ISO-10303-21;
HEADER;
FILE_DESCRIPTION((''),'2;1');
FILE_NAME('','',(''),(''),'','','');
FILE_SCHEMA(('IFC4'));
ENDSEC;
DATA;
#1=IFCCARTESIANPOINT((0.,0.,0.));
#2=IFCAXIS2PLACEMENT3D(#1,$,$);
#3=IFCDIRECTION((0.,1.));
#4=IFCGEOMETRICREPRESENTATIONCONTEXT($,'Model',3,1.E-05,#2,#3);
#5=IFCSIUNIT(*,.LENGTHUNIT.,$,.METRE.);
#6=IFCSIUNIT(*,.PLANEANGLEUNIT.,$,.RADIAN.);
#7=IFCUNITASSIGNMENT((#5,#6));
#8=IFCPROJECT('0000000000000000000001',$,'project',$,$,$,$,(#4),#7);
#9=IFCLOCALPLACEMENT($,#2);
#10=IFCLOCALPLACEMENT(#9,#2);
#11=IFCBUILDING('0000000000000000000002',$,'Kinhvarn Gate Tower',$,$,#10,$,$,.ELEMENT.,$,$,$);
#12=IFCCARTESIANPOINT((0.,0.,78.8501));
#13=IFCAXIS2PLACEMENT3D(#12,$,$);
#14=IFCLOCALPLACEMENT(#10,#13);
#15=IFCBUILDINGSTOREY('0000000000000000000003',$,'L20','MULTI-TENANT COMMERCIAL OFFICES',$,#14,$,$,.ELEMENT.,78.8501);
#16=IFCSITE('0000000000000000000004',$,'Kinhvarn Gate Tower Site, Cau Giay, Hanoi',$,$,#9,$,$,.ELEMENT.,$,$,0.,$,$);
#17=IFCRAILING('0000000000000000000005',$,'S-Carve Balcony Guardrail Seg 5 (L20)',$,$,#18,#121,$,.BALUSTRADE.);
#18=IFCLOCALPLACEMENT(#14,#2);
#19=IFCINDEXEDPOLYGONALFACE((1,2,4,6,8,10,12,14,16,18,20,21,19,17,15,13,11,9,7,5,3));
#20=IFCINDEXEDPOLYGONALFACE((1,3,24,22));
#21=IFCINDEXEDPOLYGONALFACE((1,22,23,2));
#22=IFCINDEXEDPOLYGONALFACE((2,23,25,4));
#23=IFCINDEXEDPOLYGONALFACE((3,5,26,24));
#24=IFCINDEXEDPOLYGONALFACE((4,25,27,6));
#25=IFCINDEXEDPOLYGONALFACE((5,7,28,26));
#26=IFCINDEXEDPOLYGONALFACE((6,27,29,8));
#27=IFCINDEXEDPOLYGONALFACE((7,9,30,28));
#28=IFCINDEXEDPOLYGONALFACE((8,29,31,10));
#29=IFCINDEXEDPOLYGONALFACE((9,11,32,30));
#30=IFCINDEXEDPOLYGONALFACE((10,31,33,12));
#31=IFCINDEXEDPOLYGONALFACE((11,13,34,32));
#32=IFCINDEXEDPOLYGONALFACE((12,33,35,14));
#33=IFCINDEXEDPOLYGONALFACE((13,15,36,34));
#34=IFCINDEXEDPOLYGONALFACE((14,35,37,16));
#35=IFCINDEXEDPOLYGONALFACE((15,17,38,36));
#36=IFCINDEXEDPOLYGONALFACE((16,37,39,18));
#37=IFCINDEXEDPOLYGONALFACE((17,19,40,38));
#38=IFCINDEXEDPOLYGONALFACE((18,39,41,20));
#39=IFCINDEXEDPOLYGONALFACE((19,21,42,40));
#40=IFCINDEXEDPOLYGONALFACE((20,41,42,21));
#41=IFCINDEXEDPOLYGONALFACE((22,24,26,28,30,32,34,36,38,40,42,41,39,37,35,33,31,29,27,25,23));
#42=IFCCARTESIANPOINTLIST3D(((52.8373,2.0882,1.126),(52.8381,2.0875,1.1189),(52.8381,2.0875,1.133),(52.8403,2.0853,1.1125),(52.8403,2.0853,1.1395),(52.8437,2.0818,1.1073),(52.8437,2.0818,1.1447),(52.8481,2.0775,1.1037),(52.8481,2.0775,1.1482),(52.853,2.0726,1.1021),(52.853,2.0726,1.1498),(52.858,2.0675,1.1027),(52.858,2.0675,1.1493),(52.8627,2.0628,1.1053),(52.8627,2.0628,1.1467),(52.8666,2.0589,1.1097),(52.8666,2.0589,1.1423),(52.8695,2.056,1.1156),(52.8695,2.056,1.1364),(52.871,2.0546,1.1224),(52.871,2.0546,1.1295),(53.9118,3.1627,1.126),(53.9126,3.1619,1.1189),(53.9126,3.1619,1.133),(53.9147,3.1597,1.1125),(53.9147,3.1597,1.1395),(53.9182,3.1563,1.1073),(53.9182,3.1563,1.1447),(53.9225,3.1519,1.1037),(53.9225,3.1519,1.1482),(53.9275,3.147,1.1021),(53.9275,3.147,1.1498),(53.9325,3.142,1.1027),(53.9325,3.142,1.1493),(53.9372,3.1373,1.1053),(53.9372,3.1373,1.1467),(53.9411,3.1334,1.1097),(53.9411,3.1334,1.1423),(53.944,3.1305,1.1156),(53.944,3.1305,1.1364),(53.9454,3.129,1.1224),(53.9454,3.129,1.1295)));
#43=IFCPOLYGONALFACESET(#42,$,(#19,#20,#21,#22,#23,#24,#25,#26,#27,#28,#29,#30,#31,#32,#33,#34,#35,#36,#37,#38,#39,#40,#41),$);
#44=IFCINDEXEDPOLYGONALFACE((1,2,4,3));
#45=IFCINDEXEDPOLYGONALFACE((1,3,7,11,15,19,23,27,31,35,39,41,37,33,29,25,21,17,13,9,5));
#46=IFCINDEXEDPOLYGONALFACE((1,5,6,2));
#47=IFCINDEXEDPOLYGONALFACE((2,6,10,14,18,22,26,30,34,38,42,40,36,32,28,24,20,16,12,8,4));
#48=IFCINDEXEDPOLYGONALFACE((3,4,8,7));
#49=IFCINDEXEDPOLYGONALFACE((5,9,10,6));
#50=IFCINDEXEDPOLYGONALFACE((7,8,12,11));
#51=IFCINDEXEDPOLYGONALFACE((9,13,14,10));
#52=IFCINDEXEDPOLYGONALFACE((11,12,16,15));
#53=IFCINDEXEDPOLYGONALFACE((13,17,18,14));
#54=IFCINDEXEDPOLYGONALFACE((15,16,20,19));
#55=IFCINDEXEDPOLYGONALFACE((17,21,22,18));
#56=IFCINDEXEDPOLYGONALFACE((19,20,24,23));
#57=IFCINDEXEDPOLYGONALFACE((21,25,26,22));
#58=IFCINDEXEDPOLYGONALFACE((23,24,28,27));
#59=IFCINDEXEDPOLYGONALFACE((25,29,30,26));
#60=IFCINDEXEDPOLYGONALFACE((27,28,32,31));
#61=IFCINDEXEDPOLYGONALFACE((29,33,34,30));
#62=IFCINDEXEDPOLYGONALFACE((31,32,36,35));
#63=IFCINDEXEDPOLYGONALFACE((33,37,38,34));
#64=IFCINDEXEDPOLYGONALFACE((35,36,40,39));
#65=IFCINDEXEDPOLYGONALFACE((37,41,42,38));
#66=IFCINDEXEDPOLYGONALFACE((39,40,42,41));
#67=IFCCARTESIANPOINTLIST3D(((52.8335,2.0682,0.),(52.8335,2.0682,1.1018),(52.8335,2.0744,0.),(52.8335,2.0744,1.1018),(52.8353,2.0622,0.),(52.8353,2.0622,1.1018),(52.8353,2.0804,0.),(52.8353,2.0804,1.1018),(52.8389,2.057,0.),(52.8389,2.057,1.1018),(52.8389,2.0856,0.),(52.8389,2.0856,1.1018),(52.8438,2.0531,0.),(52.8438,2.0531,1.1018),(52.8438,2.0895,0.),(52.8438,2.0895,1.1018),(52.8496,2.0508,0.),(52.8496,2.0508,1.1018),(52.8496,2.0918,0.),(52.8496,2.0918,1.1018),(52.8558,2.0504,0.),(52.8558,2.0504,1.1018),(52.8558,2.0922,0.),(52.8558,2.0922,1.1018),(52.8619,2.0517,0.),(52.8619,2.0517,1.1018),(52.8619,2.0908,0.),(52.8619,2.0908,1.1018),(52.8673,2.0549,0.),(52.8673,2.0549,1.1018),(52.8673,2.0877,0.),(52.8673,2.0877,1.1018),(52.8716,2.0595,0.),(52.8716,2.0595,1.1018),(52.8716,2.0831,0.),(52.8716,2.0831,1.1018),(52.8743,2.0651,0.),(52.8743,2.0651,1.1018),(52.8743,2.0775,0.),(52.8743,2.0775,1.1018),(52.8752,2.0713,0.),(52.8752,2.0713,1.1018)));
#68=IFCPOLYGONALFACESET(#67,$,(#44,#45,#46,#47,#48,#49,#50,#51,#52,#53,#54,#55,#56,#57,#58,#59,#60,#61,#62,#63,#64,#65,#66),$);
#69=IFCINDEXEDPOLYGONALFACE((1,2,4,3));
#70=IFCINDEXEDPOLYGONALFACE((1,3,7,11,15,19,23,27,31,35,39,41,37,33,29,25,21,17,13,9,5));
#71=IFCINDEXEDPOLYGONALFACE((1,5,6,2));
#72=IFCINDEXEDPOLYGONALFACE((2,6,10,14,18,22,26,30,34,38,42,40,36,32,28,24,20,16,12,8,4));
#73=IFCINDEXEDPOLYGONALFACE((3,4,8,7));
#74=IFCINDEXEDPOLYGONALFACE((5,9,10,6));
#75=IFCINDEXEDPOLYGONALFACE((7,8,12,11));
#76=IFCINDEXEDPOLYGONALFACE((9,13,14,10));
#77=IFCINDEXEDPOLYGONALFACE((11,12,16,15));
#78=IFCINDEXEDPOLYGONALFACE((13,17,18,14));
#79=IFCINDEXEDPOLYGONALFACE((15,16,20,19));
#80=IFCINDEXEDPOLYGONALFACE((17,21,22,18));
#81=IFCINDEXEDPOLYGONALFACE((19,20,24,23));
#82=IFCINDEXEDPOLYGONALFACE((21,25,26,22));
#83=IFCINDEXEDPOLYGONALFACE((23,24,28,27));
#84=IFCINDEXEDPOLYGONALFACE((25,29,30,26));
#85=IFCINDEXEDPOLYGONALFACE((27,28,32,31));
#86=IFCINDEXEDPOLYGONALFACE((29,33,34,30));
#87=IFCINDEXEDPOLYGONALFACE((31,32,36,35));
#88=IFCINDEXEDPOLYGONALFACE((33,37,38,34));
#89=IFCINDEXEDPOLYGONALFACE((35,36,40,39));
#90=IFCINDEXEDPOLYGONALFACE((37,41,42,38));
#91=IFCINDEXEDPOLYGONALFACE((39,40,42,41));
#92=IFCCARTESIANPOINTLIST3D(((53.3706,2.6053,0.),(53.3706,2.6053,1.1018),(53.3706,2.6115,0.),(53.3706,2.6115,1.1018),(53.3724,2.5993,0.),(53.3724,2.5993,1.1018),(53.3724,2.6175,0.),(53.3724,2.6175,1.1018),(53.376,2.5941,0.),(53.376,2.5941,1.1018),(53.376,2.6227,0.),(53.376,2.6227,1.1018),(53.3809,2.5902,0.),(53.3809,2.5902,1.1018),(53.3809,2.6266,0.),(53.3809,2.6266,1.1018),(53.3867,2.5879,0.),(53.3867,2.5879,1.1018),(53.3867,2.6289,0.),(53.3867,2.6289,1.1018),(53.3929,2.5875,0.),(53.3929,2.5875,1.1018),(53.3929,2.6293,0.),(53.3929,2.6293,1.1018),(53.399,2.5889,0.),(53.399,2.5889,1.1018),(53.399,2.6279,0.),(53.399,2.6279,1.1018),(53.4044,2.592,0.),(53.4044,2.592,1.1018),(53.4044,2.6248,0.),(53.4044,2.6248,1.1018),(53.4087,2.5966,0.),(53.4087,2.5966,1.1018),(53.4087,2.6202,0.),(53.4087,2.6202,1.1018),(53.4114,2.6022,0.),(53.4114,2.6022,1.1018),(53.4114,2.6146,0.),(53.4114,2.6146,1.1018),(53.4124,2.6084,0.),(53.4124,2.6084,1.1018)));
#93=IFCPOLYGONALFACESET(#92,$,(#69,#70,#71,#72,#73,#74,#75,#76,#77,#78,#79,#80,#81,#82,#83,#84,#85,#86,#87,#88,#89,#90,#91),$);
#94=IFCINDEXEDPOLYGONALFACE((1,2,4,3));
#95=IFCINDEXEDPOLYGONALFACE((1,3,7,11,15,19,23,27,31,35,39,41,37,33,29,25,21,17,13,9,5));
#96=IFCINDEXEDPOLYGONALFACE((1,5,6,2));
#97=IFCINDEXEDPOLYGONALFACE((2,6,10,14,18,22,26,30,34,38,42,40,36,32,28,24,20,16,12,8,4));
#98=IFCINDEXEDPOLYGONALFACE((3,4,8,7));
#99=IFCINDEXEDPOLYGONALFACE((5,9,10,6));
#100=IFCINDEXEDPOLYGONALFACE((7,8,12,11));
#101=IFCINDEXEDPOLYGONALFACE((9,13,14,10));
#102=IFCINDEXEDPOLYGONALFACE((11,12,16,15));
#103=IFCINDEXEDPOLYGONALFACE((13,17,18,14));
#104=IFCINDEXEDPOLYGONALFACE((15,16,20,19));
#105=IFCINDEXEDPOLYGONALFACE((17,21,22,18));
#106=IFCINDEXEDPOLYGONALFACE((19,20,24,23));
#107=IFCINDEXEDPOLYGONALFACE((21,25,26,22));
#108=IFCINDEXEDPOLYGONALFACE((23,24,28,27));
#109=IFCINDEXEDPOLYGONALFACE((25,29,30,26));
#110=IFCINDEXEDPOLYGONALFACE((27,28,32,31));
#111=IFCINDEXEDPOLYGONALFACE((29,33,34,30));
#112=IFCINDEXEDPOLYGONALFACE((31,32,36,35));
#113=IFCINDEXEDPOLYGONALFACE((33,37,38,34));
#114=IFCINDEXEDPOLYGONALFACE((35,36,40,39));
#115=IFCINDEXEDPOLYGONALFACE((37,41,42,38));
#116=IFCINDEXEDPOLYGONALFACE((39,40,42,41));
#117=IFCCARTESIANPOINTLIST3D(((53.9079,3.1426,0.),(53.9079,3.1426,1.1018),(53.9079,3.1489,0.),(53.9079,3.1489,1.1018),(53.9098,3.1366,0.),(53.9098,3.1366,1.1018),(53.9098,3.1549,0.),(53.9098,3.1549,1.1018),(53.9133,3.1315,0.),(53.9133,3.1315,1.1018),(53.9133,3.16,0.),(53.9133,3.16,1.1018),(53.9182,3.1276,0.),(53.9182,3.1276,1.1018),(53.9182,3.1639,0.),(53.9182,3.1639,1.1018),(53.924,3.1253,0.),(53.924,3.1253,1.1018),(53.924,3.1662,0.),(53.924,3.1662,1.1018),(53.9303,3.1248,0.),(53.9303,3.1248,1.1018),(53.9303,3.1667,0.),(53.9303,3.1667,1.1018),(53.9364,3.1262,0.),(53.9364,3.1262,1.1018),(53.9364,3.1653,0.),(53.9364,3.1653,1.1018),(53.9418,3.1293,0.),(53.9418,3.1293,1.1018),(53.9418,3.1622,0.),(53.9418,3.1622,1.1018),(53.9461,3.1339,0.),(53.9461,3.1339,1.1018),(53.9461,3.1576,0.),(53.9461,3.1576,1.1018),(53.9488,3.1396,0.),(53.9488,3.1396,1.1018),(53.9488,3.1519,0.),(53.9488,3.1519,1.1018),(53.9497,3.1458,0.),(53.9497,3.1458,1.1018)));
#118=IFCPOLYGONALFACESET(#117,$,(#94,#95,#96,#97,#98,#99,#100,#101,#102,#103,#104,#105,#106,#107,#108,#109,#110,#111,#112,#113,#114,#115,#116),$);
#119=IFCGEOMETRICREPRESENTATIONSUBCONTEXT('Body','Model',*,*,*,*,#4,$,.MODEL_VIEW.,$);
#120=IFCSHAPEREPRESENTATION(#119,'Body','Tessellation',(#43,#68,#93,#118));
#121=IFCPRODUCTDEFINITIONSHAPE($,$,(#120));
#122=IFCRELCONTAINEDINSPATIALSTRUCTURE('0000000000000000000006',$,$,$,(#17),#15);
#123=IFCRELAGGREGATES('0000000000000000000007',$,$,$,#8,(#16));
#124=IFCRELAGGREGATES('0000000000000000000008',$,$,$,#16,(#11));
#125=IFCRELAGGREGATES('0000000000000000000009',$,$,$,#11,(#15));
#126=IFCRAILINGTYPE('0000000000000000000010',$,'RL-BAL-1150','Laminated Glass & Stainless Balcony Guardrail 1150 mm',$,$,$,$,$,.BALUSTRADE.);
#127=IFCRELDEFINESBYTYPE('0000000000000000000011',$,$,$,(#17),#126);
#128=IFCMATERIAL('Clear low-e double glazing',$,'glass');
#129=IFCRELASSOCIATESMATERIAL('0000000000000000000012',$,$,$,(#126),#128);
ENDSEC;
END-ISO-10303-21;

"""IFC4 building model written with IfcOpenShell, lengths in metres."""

from ifc_helpers import new_model, si_unit, direction, frame, origin, origin_2d, place, context, subcontext, project, spatial, circle, extrude, material, type_object, element, save


model = new_model("IFC4")

# Units and contexts
model_context = context("Model", 3, precision=1e-05, world=origin(), true_north=direction((0.0, 1.0)))
body_context = subcontext(model_context, "Body", "Model", "MODEL_VIEW")
ifc_project = project(units=[si_unit("LENGTHUNIT", "METRE"), si_unit("PLANEANGLEUNIT", "RADIAN")], contexts=[model_context])

# Site, building, storey
site_placement = place(None, origin())
site = spatial("IfcSite", under=ifc_project, at=site_placement, Name="Kinhvarn Gate Tower Site, Cau Giay, Hanoi", CompositionType="ELEMENT", RefElevation=0.0)
building_placement = place(site_placement, origin())
building = spatial("IfcBuilding", under=site, at=building_placement, Name="Kinhvarn Gate Tower", CompositionType="ELEMENT")
storey_placement = place(building_placement, frame((0.0, 0.0, 78.8501)))
storey = spatial("IfcBuildingStorey", under=building, at=storey_placement, Name="L20", Description="MULTI-TENANT COMMERCIAL OFFICES", CompositionType="ELEMENT", Elevation=78.8501)

# Shared definitions
ifc_material_1 = material(Name="Clear low-e double glazing", Category="glass")

# Railing
railing_type = type_object("IfcRailingType", Name="RL-BAL-1150", Description="Laminated Glass & Stainless Balcony Guardrail 1150 mm", PredefinedType="BALUSTRADE", material=ifc_material_1)
railing_1_placement = place(storey_placement, frame((52.8542, 2.0713, 0.0)))
element("IfcRailing", 1, at=railing_1_placement, inside=storey, type_object=railing_type, Name="S-Carve Balcony Guardrail Seg 5 (L20)", PredefinedType="BALUSTRADE", context=body_context, shape_type="SweptSolid", body=[
    extrude(circle(Radius=0.0239, at=origin_2d()), frame((0.0, 0.0, 1.126), z_axis=(0.707107, 0.707107, 0.0), x_axis=(-0.707107, 0.707107, 0.0)), (0.0, 0.0, 1.0), 1.5195),
    extrude(circle(Radius=0.021, at=origin_2d()), origin(), (0.0, 0.0, 1.0), 1.1018),
    extrude(circle(Radius=0.021, at=origin_2d()), frame((0.5371, 0.5371, 0.0)), (0.0, 0.0, 1.0), 1.1018),
    extrude(circle(Radius=0.021, at=origin_2d()), frame((1.0745, 1.0745, 0.0)), (0.0, 0.0, 1.0), 1.1018),
])

save(model, "model.ifc")
